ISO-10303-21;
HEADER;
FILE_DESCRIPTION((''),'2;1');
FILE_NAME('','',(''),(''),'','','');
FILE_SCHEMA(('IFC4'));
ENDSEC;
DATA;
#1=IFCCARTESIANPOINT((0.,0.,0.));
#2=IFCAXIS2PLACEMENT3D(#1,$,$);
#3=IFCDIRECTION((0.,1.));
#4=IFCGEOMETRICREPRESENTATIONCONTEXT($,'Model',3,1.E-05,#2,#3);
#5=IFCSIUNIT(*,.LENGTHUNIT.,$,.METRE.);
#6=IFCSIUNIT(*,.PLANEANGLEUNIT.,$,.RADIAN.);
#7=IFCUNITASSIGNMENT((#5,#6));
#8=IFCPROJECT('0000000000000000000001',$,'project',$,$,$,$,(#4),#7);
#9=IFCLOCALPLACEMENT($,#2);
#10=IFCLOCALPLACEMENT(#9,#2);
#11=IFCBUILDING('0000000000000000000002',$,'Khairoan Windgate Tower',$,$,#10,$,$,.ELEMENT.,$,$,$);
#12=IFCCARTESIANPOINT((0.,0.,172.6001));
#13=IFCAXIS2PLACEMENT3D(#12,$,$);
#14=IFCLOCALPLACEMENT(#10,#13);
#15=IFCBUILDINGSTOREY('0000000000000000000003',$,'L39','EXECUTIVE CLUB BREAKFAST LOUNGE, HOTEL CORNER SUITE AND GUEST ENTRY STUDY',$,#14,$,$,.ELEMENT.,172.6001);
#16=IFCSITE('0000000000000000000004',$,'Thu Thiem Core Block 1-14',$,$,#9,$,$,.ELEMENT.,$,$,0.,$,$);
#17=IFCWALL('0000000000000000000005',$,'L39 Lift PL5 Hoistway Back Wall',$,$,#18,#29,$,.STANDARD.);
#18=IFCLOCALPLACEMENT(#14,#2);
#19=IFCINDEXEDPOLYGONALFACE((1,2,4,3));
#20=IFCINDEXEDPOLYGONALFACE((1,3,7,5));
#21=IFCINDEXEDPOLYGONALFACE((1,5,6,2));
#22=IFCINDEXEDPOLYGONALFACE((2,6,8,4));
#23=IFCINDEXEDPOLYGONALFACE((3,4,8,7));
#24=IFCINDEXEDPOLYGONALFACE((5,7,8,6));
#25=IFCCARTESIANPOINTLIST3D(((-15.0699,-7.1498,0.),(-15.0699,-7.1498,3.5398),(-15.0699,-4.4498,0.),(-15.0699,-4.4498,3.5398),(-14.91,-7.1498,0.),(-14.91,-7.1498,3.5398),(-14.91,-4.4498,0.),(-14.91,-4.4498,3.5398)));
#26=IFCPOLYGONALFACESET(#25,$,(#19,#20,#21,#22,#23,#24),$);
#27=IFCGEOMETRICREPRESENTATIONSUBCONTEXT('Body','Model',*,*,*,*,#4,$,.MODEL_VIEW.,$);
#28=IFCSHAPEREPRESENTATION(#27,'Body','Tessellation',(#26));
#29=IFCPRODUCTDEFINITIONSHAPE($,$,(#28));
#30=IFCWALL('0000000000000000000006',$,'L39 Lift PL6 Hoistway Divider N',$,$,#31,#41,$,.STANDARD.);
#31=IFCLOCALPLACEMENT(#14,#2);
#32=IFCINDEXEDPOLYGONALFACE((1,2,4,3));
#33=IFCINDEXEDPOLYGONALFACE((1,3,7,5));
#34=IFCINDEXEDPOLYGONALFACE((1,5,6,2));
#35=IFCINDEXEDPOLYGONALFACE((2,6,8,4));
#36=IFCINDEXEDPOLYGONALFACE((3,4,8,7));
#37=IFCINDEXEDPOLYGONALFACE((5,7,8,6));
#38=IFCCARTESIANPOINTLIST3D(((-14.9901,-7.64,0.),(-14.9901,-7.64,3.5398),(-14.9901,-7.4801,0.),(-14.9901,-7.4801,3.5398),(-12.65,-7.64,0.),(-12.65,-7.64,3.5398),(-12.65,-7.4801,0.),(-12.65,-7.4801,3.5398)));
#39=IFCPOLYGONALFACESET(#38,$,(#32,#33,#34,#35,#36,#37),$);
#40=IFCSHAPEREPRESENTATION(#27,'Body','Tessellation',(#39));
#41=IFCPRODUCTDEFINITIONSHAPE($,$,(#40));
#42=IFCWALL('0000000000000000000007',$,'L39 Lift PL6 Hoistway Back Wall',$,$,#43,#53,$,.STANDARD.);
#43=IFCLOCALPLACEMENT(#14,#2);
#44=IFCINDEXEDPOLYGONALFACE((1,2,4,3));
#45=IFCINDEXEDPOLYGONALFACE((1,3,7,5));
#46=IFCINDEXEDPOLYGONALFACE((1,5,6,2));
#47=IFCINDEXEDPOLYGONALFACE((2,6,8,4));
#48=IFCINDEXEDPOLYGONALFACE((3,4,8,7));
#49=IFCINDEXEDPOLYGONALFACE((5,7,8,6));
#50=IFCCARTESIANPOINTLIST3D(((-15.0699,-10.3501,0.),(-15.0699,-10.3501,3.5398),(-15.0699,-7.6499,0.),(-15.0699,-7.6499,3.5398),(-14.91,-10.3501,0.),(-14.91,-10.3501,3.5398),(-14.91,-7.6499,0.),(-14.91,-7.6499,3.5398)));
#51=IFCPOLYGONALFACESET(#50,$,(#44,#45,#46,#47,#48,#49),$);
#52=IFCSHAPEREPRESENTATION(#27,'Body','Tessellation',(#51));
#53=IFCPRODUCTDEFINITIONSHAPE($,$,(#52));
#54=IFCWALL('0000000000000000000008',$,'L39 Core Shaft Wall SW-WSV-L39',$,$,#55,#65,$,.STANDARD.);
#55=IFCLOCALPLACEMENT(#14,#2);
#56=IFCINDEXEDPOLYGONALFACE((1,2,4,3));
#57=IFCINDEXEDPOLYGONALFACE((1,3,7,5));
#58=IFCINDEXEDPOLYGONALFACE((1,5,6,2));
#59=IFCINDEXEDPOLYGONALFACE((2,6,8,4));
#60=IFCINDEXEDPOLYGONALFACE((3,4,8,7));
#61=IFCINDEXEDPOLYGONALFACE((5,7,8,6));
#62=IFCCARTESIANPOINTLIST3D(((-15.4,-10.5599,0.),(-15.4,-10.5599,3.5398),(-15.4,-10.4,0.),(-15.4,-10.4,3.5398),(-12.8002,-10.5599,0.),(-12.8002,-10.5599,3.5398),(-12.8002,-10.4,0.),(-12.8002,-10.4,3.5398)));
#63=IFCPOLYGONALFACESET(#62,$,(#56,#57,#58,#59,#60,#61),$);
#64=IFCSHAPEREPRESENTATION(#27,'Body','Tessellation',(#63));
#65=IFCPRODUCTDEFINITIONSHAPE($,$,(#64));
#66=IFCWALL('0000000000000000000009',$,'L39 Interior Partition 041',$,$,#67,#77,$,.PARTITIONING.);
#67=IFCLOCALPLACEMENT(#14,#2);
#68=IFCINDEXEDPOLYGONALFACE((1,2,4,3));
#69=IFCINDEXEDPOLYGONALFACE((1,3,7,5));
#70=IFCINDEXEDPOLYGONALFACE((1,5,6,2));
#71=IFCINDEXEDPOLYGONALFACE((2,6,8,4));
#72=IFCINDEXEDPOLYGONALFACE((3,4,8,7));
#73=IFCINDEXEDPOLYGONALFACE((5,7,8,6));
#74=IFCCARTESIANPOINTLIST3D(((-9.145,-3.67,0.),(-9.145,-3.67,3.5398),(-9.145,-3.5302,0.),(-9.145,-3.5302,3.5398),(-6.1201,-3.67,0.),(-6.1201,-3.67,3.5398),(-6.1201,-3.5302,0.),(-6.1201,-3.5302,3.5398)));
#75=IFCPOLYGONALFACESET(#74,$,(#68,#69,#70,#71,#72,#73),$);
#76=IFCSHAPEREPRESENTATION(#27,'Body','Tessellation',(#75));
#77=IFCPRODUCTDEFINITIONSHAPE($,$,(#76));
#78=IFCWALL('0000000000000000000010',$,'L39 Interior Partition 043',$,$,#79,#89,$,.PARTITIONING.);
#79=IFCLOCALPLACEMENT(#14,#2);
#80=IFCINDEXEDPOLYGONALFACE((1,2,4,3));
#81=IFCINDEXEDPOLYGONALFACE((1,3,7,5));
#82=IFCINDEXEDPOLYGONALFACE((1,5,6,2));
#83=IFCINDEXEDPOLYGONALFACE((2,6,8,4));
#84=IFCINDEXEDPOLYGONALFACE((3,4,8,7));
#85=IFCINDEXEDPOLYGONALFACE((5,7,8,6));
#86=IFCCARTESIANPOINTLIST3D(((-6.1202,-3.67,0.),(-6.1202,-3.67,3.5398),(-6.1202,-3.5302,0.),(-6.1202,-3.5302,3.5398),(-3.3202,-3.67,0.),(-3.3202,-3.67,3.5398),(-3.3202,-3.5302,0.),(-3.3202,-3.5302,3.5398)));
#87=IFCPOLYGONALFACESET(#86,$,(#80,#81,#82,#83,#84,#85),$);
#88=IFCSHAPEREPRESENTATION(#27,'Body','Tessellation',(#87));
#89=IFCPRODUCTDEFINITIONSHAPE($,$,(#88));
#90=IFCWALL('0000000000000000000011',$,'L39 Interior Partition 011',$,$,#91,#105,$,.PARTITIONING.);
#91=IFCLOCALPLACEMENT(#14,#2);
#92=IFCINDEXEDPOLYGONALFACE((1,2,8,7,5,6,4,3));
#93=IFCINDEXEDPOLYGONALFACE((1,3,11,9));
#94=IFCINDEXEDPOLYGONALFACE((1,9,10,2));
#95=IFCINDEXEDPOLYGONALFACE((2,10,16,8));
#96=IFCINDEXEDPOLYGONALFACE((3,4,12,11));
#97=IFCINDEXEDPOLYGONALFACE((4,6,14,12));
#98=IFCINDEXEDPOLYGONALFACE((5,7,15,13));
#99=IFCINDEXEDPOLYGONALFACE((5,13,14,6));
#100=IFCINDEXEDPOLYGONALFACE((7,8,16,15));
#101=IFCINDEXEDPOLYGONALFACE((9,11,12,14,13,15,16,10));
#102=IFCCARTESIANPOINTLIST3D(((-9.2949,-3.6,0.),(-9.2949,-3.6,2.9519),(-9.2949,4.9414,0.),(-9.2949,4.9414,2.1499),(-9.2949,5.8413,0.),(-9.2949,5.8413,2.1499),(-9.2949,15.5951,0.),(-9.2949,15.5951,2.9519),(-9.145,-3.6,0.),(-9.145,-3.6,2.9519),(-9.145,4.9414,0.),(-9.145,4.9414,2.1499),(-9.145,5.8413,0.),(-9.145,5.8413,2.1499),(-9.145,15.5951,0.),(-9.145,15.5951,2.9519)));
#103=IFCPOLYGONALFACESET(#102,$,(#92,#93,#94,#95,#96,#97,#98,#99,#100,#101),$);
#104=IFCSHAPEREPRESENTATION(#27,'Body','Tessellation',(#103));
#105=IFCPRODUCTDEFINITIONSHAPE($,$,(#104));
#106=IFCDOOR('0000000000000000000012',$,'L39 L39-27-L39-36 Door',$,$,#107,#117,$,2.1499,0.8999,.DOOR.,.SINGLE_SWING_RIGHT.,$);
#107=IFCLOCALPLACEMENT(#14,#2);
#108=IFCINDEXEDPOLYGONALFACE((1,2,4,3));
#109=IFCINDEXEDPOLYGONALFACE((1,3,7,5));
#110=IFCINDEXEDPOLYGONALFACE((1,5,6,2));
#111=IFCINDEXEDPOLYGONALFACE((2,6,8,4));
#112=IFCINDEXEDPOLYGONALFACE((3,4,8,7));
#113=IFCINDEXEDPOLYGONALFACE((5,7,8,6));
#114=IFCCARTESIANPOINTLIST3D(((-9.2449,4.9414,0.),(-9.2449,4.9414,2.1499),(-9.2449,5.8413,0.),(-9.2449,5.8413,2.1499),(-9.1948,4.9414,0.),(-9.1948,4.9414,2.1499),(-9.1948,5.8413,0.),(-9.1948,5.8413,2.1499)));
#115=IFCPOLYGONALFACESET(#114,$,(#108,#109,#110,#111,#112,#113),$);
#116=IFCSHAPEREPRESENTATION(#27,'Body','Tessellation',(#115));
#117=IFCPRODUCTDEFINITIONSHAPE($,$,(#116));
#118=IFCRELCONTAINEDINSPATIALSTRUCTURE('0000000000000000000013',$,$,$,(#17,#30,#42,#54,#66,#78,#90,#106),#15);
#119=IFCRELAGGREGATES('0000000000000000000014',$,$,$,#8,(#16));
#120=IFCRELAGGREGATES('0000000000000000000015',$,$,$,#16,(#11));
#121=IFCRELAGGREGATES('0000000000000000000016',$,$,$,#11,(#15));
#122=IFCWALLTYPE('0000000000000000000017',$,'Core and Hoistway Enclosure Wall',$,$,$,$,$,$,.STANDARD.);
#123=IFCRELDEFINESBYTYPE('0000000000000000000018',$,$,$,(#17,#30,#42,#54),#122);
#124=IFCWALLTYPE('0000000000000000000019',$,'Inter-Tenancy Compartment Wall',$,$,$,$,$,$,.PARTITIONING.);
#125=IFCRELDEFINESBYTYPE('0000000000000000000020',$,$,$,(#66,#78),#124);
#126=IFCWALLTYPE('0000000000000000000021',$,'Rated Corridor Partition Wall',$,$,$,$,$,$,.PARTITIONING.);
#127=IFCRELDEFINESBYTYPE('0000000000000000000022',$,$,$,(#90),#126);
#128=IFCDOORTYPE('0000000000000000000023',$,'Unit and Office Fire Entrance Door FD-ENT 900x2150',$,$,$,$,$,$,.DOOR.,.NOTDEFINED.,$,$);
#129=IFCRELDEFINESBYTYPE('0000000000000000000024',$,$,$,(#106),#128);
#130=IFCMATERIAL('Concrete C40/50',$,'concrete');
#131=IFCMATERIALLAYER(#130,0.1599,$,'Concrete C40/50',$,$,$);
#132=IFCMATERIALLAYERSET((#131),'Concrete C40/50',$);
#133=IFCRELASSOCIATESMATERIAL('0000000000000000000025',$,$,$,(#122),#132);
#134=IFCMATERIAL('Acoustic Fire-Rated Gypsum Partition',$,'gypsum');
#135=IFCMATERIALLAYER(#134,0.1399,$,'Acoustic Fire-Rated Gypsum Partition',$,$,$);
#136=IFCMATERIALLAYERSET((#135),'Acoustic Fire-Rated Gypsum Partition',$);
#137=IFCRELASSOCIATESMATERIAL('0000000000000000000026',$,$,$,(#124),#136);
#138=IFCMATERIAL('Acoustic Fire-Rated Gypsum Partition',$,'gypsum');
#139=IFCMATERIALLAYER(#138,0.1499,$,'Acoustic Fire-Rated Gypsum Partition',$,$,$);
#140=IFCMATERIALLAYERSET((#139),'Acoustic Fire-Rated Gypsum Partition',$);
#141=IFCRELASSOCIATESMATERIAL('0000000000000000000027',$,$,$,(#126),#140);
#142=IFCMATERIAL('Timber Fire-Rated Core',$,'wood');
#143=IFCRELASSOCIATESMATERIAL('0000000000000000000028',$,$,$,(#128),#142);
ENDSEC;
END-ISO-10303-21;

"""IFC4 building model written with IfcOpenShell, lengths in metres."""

from ifc_helpers import new_model, si_unit, direction, frame, frame_2d, origin, place, context, subcontext, project, spatial, rectangle, extrude, material, layer, layer_set, type_object, element, fill, save


model = new_model("IFC4")

# Units and contexts
model_context = context("Model", 3, precision=1e-05, world=origin(), true_north=direction((0.0, 1.0)))
body_context = subcontext(model_context, "Body", "Model", "MODEL_VIEW")
ifc_project = project(units=[si_unit("LENGTHUNIT", "METRE"), si_unit("PLANEANGLEUNIT", "RADIAN")], contexts=[model_context])

# Site, building, storey
site_placement = place(None, origin())
site = spatial("IfcSite", under=ifc_project, at=site_placement, Name="Thu Thiem Core Block 1-14", CompositionType="ELEMENT", RefElevation=0.0)
building_placement = place(site_placement, origin())
building = spatial("IfcBuilding", under=site, at=building_placement, Name="Khairoan Windgate Tower", CompositionType="ELEMENT")
storey_placement = place(building_placement, frame((0.0, 0.0, 172.6001)))
storey = spatial("IfcBuildingStorey", under=building, at=storey_placement, Name="L39", Description="EXECUTIVE CLUB BREAKFAST LOUNGE, HOTEL CORNER SUITE AND GUEST ENTRY STUDY", CompositionType="ELEMENT", Elevation=172.6001)

# Walls
ifc_material_1 = material(Name="Concrete C40/50", Category="concrete")
ifc_layer_1 = layer(ifc_material_1, 0.1599, Name="Concrete C40/50")
ifc_layer_set_1 = layer_set([ifc_layer_1], Name="Concrete C40/50")
wall_type_1 = type_object("IfcWallType", Name="Core and Hoistway Enclosure Wall", PredefinedType="STANDARD", material=ifc_layer_set_1)
wall_1_placement = place(storey_placement, frame((-14.99, -7.1499, 0.0), z_axis=(0.0, 0.0, 1.0), x_axis=(0.0, 1.0, 0.0)))
element("IfcWall", 1, at=wall_1_placement, inside=storey, type_object=wall_type_1, Name="L39 Lift PL5 Hoistway Back Wall", PredefinedType="STANDARD", context=body_context, shape_type="SweptSolid", body=[
    extrude(rectangle(XDim=2.7, YDim=0.1599, at=frame_2d((1.3501, 0.0))), origin(), (0.0, 0.0, 1.0), 3.5398),
])
wall_2_placement = place(storey_placement, frame((-14.99, -7.5601, 0.0), z_axis=(0.0, 0.0, 1.0), x_axis=(1.0, 0.0, 0.0)))
element("IfcWall", 2, at=wall_2_placement, inside=storey, type_object=wall_type_1, Name="L39 Lift PL6 Hoistway Divider N", PredefinedType="STANDARD", context=body_context, shape_type="SweptSolid", body=[
    extrude(rectangle(XDim=2.3401, YDim=0.1599, at=frame_2d((1.1699, 0.0))), origin(), (0.0, 0.0, 1.0), 3.5398),
])
wall_3_placement = place(storey_placement, frame((-14.99, -10.3501, 0.0), z_axis=(0.0, 0.0, 1.0), x_axis=(0.0, 1.0, 0.0)))
element("IfcWall", 3, at=wall_3_placement, inside=storey, type_object=wall_type_1, Name="L39 Lift PL6 Hoistway Back Wall", PredefinedType="STANDARD", context=body_context, shape_type="SweptSolid", body=[
    extrude(rectangle(XDim=2.7002, YDim=0.1599, at=frame_2d((1.3501, 0.0))), origin(), (0.0, 0.0, 1.0), 3.5398),
])
wall_4_placement = place(storey_placement, frame((-15.3999, -10.48, 0.0), z_axis=(0.0, 0.0, 1.0), x_axis=(1.0, 0.0, 0.0)))
element("IfcWall", 4, at=wall_4_placement, inside=storey, type_object=wall_type_1, Name="L39 Core Shaft Wall SW-WSV-L39", PredefinedType="STANDARD", context=body_context, shape_type="SweptSolid", body=[
    extrude(rectangle(XDim=2.5999, YDim=0.1599, at=frame_2d((1.2998, 0.0))), origin(), (0.0, 0.0, 1.0), 3.5398),
])
ifc_material_2 = material(Name="Acoustic Fire-Rated Gypsum Partition", Category="gypsum")
ifc_layer_2 = layer(ifc_material_2, 0.1399, Name="Acoustic Fire-Rated Gypsum Partition")
ifc_layer_set_2 = layer_set([ifc_layer_2], Name="Acoustic Fire-Rated Gypsum Partition")
wall_type_2 = type_object("IfcWallType", Name="Inter-Tenancy Compartment Wall", PredefinedType="PARTITIONING", material=ifc_layer_set_2)
wall_5_placement = place(storey_placement, frame((-9.145, -3.6001, 0.0), z_axis=(0.0, 0.0, 1.0), x_axis=(1.0, 0.0, 0.0)))
element("IfcWall", 5, at=wall_5_placement, inside=storey, type_object=wall_type_2, Name="L39 Interior Partition 041", PredefinedType="PARTITIONING", context=body_context, shape_type="SweptSolid", body=[
    extrude(rectangle(XDim=3.0249, YDim=0.1399, at=frame_2d((1.5125, 0.0))), origin(), (0.0, 0.0, 1.0), 3.5398),
])
wall_6_placement = place(storey_placement, frame((-6.1201, -3.6001, 0.0), z_axis=(0.0, 0.0, 1.0), x_axis=(1.0, 0.0, 0.0)))
element("IfcWall", 6, at=wall_6_placement, inside=storey, type_object=wall_type_2, Name="L39 Interior Partition 043", PredefinedType="PARTITIONING", context=body_context, shape_type="SweptSolid", body=[
    extrude(rectangle(XDim=2.8, YDim=0.1399, at=frame_2d((1.3999, 0.0))), origin(), (0.0, 0.0, 1.0), 3.5398),
])

# Wall, opening, door
ifc_material_3 = material(Name="Acoustic Fire-Rated Gypsum Partition", Category="gypsum")
ifc_layer_3 = layer(ifc_material_3, 0.1499, Name="Acoustic Fire-Rated Gypsum Partition")
ifc_layer_set_3 = layer_set([ifc_layer_3], Name="Acoustic Fire-Rated Gypsum Partition")
wall_type_3 = type_object("IfcWallType", Name="Rated Corridor Partition Wall", PredefinedType="PARTITIONING", material=ifc_layer_set_3)
wall_7_placement = place(storey_placement, frame((-9.22, -3.6001, 0.0), z_axis=(0.0, 0.0, 1.0), x_axis=(0.0, 1.0, 0.0)))
wall_7 = element("IfcWall", 7, at=wall_7_placement, inside=storey, type_object=wall_type_3, Name="L39 Interior Partition 011", PredefinedType="PARTITIONING", context=body_context, shape_type="SweptSolid", body=[
    extrude(rectangle(XDim=19.1951, YDim=0.1499, at=frame_2d((9.5977, 0.0))), origin(), (0.0, 0.0, 1.0), 2.9519),
])
opening_1_placement = place(wall_7_placement, frame((8.5415, 0.0, 0.0)))
opening_1 = element("IfcOpeningElement", 8, at=opening_1_placement, cuts=wall_7, PredefinedType="OPENING", context=body_context, shape_type="SweptSolid", body=[
    extrude(rectangle(XDim=0.8999, YDim=2.1499, at=frame_2d((0.45, 1.075))), frame((0.0, 0.085, 0.0), z_axis=(0.0, -1.0, 0.0), x_axis=(1.0, 0.0, 0.0)), (0.0, 0.0, 1.0), 0.1699),
])
ifc_material_4 = material(Name="Timber Fire-Rated Core", Category="wood")
door_type_1 = type_object("IfcDoorType", Name="Unit and Office Fire Entrance Door FD-ENT 900x2150", OperationType="NOTDEFINED", PredefinedType="DOOR", material=ifc_material_4)
door_1_placement = place(opening_1_placement, origin())
door_1 = element("IfcDoor", 9, at=door_1_placement, inside=storey, type_object=door_type_1, Name="L39 L39-27-L39-36 Door", OperationType="SINGLE_SWING_RIGHT", OverallHeight=2.1499, OverallWidth=0.8999, PredefinedType="DOOR", context=body_context, shape_type="SweptSolid", body=[
    extrude(rectangle(XDim=0.8999, YDim=2.1499, at=frame_2d((0.45, 1.075))), frame((0.0, 0.0249, 0.0), z_axis=(0.0, -1.0, 0.0), x_axis=(1.0, 0.0, 0.0)), (0.0, 0.0, 1.0), 0.05),
])
fill(opening_1, door_1)

save(model, "model.ifc")
